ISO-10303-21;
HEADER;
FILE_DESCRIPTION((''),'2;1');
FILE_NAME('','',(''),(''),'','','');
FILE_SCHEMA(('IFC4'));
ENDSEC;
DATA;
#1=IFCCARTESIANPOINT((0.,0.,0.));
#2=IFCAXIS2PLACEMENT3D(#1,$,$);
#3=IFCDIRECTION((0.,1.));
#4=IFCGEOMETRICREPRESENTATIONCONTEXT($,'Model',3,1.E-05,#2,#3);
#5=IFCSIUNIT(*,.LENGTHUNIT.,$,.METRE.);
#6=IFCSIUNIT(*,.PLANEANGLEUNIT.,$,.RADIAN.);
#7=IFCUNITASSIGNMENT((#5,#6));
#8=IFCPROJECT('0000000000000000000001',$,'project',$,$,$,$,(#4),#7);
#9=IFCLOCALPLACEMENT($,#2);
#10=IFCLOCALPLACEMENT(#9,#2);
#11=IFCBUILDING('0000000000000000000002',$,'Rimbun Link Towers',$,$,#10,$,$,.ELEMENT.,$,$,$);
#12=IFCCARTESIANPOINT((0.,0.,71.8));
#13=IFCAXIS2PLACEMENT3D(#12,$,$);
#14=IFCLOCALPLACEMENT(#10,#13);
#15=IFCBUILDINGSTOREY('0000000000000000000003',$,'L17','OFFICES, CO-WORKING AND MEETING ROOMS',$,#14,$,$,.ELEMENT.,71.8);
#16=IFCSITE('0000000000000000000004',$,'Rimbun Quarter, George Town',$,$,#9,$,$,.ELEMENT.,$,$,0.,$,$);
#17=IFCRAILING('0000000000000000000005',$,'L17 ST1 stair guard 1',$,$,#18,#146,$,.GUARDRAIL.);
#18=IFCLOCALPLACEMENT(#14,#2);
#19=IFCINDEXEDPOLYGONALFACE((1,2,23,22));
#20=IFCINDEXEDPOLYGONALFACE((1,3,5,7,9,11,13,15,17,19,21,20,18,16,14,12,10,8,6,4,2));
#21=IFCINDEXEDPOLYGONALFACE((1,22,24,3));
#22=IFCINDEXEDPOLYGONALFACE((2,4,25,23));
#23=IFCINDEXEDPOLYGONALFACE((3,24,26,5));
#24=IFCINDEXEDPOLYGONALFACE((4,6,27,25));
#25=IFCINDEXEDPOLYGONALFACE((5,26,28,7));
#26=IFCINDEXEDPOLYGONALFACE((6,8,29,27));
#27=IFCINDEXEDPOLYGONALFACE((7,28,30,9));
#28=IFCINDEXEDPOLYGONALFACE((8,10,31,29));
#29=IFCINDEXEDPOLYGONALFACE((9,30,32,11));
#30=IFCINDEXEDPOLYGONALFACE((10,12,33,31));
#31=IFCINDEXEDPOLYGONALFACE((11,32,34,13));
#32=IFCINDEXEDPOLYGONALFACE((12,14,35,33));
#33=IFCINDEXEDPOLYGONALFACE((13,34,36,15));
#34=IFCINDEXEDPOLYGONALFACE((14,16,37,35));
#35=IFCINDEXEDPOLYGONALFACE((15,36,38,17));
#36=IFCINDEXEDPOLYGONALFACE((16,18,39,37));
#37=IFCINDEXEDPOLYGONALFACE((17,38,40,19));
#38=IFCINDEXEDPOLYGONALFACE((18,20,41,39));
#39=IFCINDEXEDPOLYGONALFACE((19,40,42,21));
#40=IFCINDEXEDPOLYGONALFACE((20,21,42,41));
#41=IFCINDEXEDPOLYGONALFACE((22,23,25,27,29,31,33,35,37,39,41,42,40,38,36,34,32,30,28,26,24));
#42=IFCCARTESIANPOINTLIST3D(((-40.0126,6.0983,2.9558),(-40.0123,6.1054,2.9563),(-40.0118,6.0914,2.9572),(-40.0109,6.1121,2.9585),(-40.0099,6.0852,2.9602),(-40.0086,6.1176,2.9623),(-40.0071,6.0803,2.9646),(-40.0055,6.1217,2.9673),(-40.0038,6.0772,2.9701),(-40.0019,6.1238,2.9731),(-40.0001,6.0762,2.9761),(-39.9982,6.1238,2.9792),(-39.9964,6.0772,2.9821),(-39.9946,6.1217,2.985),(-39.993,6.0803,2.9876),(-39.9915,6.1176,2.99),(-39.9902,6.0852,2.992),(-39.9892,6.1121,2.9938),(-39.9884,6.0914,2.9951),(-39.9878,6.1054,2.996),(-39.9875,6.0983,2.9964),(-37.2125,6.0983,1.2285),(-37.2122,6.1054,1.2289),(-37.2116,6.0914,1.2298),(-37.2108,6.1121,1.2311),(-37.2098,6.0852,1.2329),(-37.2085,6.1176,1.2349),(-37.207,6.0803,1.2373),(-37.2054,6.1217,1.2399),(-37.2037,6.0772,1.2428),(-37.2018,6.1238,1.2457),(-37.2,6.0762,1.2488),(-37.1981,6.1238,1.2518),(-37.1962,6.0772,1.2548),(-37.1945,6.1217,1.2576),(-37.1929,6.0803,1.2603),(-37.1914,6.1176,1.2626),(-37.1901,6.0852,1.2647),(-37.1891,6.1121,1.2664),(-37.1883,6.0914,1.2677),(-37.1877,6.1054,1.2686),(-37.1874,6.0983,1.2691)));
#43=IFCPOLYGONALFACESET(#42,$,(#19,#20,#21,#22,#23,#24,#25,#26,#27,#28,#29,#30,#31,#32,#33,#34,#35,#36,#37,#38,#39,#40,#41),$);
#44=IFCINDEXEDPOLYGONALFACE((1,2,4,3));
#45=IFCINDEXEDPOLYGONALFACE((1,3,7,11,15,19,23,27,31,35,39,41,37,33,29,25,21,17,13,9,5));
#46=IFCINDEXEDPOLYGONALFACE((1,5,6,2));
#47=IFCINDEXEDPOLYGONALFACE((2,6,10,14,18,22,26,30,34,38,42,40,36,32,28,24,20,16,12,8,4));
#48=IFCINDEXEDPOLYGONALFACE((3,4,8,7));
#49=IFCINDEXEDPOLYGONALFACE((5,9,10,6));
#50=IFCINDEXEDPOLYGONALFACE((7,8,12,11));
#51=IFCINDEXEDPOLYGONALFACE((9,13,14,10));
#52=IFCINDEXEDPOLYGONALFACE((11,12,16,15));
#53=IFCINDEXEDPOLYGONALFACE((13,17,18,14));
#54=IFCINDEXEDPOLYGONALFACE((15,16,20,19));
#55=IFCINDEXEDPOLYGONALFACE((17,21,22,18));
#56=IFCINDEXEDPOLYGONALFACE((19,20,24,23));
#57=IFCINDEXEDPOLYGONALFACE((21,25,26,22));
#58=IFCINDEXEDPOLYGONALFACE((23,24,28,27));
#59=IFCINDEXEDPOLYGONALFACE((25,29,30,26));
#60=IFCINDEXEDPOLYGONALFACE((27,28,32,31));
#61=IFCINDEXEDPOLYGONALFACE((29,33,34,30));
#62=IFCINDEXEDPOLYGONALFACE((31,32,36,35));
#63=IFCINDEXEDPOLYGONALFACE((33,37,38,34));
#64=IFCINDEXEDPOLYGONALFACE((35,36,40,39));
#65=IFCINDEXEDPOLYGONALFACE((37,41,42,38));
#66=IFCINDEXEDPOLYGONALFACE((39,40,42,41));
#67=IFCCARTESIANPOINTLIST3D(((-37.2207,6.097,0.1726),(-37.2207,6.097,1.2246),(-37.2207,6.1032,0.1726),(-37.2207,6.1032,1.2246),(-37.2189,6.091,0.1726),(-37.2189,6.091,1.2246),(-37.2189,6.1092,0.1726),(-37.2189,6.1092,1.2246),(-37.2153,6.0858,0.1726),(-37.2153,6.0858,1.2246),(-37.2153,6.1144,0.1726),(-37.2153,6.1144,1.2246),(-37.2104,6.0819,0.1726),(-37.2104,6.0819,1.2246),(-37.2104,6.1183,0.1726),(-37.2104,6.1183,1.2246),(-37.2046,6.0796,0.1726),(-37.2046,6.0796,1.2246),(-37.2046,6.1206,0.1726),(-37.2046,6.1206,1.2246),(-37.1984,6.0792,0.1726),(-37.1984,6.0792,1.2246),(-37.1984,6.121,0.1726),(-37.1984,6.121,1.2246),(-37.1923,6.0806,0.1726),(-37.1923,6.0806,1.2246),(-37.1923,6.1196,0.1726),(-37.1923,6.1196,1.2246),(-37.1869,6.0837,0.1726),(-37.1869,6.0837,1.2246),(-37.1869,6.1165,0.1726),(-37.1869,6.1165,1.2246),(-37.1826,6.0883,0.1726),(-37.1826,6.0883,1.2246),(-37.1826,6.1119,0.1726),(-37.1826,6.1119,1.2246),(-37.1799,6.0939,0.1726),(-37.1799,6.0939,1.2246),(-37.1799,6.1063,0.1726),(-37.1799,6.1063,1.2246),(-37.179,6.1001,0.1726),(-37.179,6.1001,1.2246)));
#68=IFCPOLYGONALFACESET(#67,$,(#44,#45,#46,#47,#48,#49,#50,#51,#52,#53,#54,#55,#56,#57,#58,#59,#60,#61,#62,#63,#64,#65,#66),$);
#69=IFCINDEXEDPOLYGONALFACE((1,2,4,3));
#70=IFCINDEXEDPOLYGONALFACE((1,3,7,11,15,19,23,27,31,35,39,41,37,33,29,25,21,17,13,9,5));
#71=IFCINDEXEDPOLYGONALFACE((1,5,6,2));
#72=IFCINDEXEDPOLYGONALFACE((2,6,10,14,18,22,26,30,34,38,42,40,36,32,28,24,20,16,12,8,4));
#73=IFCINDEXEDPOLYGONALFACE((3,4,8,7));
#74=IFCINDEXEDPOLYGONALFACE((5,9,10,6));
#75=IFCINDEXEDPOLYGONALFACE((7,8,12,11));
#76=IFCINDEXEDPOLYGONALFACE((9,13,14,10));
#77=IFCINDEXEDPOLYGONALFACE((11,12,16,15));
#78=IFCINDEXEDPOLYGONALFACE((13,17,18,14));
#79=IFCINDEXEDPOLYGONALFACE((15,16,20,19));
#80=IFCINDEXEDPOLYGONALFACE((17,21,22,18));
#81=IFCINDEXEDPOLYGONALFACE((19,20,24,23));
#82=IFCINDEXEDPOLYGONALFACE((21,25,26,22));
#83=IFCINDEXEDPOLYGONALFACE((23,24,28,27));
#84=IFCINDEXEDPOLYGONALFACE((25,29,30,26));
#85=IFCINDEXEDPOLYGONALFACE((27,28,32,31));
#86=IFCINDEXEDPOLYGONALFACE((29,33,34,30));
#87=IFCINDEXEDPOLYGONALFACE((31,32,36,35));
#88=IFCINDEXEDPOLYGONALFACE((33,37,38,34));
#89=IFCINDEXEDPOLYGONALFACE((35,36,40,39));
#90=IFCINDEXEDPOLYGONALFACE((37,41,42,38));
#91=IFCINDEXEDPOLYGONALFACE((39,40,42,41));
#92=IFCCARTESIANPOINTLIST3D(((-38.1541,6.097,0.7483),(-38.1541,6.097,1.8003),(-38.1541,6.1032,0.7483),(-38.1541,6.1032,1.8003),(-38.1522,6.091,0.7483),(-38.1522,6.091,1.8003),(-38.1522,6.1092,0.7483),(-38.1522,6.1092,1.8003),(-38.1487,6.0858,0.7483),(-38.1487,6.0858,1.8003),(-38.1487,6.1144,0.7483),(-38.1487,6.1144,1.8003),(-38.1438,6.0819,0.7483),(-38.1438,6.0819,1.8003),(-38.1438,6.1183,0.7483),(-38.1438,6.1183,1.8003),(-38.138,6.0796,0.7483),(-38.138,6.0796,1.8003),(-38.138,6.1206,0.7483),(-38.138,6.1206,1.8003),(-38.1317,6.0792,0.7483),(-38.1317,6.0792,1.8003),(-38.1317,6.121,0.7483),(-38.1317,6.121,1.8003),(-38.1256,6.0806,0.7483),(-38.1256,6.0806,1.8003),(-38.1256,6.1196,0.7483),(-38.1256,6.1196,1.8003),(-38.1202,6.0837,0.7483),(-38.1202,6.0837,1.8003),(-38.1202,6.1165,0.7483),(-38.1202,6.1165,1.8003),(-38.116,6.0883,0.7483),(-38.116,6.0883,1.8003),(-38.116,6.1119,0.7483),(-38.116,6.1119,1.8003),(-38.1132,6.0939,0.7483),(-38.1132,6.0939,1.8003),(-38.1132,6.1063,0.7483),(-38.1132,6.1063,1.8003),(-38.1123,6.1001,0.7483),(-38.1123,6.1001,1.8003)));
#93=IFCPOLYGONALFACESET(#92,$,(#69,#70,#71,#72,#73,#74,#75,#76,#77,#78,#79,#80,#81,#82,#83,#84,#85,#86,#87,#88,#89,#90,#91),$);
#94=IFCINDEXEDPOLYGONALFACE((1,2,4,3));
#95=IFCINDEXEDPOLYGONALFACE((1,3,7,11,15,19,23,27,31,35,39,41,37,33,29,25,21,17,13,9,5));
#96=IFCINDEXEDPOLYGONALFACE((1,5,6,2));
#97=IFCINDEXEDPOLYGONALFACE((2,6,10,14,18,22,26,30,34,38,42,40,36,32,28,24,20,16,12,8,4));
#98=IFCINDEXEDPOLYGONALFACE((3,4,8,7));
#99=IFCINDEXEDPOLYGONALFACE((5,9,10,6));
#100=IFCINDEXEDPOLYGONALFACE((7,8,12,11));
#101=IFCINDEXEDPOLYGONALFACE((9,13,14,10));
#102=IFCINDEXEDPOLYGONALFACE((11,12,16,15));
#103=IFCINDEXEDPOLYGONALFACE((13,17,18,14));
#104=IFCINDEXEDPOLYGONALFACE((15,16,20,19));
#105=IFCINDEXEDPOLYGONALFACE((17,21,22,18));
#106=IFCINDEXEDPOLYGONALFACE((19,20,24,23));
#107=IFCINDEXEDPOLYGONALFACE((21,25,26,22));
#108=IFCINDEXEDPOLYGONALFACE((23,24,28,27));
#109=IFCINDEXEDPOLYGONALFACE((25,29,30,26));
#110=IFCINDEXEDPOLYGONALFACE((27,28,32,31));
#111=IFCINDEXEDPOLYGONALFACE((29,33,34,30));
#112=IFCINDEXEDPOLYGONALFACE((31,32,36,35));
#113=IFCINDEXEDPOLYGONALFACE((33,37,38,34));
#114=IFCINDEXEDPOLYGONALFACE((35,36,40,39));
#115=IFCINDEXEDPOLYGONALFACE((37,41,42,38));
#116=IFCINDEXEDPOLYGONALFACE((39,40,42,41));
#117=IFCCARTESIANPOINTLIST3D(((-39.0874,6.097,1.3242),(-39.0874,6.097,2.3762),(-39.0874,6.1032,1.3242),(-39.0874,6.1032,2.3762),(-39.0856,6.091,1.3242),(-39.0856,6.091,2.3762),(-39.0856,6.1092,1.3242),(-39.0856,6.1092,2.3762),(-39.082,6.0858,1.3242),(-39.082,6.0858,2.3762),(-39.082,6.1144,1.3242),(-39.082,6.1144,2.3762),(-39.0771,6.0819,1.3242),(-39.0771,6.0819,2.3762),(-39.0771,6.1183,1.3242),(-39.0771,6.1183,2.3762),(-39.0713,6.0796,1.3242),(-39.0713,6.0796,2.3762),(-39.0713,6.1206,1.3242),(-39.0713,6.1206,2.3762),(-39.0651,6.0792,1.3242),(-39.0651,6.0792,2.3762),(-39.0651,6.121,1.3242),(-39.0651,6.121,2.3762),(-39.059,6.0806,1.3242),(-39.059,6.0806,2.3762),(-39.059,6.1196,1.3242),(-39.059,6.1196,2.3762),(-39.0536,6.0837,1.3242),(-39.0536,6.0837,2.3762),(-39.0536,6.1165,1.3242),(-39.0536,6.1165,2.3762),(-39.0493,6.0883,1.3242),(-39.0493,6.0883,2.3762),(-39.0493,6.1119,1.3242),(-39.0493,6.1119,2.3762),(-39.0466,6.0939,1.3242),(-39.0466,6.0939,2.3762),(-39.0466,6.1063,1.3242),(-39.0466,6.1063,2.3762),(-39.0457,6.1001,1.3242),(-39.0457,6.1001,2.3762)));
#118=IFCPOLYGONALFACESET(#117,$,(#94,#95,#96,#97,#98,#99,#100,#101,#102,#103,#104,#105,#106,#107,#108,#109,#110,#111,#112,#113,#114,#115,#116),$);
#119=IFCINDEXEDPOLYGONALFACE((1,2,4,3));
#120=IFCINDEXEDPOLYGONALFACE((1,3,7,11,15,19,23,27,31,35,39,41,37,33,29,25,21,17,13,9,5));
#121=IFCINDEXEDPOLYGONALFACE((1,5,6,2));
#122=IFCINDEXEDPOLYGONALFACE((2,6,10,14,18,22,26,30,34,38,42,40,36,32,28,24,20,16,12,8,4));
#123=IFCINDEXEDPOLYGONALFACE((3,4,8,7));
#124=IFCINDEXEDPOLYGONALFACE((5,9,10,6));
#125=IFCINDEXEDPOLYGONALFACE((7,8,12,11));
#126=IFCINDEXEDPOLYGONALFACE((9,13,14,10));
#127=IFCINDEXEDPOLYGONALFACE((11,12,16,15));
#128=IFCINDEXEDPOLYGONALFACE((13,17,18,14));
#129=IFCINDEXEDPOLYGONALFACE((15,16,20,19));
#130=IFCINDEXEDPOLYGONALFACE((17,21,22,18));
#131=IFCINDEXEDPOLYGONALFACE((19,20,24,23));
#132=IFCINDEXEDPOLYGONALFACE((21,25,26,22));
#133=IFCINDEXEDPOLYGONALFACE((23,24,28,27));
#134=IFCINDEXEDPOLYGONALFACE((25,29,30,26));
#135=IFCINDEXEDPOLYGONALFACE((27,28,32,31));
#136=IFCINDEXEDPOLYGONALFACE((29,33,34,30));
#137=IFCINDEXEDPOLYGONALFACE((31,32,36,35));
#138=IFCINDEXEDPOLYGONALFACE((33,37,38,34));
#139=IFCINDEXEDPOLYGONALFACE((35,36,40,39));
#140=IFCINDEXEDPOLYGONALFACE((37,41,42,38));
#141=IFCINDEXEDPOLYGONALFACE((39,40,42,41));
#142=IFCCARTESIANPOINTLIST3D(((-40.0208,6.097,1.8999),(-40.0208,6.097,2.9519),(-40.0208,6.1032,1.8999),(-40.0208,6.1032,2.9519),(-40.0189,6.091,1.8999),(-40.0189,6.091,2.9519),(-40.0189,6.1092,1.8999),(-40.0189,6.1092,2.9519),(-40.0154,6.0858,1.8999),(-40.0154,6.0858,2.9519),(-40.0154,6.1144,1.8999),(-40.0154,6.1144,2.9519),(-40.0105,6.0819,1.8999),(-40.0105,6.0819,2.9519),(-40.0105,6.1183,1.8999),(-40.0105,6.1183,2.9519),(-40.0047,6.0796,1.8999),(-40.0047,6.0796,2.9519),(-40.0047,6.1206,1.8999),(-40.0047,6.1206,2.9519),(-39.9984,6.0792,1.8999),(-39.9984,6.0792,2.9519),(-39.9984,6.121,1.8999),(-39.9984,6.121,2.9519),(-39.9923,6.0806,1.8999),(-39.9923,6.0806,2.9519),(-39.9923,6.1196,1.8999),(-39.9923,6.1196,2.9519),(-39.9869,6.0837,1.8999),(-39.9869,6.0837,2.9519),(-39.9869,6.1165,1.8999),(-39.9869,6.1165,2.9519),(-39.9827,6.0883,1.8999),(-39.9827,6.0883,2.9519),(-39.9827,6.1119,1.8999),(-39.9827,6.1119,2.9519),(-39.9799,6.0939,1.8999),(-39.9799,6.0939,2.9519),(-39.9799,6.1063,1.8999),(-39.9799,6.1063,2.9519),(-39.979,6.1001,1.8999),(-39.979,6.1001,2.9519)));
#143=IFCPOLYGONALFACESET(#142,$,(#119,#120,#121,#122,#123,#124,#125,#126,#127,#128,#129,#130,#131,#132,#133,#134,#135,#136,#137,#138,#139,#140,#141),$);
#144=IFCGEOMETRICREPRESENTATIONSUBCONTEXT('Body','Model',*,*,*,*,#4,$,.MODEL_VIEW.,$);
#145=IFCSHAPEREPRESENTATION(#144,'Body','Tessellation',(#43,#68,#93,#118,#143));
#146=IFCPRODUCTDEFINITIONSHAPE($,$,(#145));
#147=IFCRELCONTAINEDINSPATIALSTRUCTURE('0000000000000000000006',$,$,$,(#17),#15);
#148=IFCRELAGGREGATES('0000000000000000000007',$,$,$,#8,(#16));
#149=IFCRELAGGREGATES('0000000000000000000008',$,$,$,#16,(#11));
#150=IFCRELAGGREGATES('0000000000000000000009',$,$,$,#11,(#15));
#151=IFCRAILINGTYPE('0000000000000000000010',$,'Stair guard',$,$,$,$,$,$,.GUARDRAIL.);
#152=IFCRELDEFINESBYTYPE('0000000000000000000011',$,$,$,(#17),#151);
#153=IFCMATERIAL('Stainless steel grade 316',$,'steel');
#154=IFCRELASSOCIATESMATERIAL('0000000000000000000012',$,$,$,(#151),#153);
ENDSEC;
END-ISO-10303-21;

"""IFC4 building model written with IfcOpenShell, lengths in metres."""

from ifc_helpers import new_model, si_unit, direction, frame, origin, origin_2d, place, context, subcontext, project, spatial, circle, extrude, material, type_object, element, save


model = new_model("IFC4")

# Units and contexts
model_context = context("Model", 3, precision=1e-05, world=origin(), true_north=direction((0.0, 1.0)))
body_context = subcontext(model_context, "Body", "Model", "MODEL_VIEW")
ifc_project = project(units=[si_unit("LENGTHUNIT", "METRE"), si_unit("PLANEANGLEUNIT", "RADIAN")], contexts=[model_context])

# Site, building, storey
site_placement = place(None, origin())
site = spatial("IfcSite", under=ifc_project, at=site_placement, Name="Rimbun Quarter, George Town", CompositionType="ELEMENT", RefElevation=0.0)
building_placement = place(site_placement, origin())
building = spatial("IfcBuilding", under=site, at=building_placement, Name="Rimbun Link Towers", CompositionType="ELEMENT")
storey_placement = place(building_placement, frame((0.0, 0.0, 71.8)))
storey = spatial("IfcBuildingStorey", under=building, at=storey_placement, Name="L17", Description="OFFICES, CO-WORKING AND MEETING ROOMS", CompositionType="ELEMENT", Elevation=71.8)

# Railing
ifc_material_1 = material(Name="Stainless steel grade 316", Category="steel")
railing_type_1 = type_object("IfcRailingType", Name="Stair guard", PredefinedType="GUARDRAIL", material=ifc_material_1)
railing_1_placement = place(storey_placement, frame((-37.2, 6.1001, 0.1726)))
element("IfcRailing", 1, at=railing_1_placement, inside=storey, type_object=railing_type_1, Name="L17 ST1 stair guard 1", PredefinedType="GUARDRAIL", context=body_context, shape_type="SweptSolid", body=[
    extrude(circle(Radius=0.0239, at=origin_2d()), frame((0.0, 0.0, 1.0762), z_axis=(-0.85109, 0.0, 0.52502), x_axis=(0.0, -1.0, 0.0)), (0.0, 0.0, 1.0), 3.29),
    extrude(circle(Radius=0.021, at=origin_2d()), origin(), (0.0, 0.0, 1.0), 1.052),
    extrude(circle(Radius=0.021, at=origin_2d()), frame((-0.9333, 0.0, 0.5757)), (0.0, 0.0, 1.0), 1.052),
    extrude(circle(Radius=0.021, at=origin_2d()), frame((-1.8667, 0.0, 1.1516)), (0.0, 0.0, 1.0), 1.052),
    extrude(circle(Radius=0.021, at=origin_2d()), frame((-2.8, 0.0, 1.7273)), (0.0, 0.0, 1.0), 1.052),
])

save(model, "model.ifc")
